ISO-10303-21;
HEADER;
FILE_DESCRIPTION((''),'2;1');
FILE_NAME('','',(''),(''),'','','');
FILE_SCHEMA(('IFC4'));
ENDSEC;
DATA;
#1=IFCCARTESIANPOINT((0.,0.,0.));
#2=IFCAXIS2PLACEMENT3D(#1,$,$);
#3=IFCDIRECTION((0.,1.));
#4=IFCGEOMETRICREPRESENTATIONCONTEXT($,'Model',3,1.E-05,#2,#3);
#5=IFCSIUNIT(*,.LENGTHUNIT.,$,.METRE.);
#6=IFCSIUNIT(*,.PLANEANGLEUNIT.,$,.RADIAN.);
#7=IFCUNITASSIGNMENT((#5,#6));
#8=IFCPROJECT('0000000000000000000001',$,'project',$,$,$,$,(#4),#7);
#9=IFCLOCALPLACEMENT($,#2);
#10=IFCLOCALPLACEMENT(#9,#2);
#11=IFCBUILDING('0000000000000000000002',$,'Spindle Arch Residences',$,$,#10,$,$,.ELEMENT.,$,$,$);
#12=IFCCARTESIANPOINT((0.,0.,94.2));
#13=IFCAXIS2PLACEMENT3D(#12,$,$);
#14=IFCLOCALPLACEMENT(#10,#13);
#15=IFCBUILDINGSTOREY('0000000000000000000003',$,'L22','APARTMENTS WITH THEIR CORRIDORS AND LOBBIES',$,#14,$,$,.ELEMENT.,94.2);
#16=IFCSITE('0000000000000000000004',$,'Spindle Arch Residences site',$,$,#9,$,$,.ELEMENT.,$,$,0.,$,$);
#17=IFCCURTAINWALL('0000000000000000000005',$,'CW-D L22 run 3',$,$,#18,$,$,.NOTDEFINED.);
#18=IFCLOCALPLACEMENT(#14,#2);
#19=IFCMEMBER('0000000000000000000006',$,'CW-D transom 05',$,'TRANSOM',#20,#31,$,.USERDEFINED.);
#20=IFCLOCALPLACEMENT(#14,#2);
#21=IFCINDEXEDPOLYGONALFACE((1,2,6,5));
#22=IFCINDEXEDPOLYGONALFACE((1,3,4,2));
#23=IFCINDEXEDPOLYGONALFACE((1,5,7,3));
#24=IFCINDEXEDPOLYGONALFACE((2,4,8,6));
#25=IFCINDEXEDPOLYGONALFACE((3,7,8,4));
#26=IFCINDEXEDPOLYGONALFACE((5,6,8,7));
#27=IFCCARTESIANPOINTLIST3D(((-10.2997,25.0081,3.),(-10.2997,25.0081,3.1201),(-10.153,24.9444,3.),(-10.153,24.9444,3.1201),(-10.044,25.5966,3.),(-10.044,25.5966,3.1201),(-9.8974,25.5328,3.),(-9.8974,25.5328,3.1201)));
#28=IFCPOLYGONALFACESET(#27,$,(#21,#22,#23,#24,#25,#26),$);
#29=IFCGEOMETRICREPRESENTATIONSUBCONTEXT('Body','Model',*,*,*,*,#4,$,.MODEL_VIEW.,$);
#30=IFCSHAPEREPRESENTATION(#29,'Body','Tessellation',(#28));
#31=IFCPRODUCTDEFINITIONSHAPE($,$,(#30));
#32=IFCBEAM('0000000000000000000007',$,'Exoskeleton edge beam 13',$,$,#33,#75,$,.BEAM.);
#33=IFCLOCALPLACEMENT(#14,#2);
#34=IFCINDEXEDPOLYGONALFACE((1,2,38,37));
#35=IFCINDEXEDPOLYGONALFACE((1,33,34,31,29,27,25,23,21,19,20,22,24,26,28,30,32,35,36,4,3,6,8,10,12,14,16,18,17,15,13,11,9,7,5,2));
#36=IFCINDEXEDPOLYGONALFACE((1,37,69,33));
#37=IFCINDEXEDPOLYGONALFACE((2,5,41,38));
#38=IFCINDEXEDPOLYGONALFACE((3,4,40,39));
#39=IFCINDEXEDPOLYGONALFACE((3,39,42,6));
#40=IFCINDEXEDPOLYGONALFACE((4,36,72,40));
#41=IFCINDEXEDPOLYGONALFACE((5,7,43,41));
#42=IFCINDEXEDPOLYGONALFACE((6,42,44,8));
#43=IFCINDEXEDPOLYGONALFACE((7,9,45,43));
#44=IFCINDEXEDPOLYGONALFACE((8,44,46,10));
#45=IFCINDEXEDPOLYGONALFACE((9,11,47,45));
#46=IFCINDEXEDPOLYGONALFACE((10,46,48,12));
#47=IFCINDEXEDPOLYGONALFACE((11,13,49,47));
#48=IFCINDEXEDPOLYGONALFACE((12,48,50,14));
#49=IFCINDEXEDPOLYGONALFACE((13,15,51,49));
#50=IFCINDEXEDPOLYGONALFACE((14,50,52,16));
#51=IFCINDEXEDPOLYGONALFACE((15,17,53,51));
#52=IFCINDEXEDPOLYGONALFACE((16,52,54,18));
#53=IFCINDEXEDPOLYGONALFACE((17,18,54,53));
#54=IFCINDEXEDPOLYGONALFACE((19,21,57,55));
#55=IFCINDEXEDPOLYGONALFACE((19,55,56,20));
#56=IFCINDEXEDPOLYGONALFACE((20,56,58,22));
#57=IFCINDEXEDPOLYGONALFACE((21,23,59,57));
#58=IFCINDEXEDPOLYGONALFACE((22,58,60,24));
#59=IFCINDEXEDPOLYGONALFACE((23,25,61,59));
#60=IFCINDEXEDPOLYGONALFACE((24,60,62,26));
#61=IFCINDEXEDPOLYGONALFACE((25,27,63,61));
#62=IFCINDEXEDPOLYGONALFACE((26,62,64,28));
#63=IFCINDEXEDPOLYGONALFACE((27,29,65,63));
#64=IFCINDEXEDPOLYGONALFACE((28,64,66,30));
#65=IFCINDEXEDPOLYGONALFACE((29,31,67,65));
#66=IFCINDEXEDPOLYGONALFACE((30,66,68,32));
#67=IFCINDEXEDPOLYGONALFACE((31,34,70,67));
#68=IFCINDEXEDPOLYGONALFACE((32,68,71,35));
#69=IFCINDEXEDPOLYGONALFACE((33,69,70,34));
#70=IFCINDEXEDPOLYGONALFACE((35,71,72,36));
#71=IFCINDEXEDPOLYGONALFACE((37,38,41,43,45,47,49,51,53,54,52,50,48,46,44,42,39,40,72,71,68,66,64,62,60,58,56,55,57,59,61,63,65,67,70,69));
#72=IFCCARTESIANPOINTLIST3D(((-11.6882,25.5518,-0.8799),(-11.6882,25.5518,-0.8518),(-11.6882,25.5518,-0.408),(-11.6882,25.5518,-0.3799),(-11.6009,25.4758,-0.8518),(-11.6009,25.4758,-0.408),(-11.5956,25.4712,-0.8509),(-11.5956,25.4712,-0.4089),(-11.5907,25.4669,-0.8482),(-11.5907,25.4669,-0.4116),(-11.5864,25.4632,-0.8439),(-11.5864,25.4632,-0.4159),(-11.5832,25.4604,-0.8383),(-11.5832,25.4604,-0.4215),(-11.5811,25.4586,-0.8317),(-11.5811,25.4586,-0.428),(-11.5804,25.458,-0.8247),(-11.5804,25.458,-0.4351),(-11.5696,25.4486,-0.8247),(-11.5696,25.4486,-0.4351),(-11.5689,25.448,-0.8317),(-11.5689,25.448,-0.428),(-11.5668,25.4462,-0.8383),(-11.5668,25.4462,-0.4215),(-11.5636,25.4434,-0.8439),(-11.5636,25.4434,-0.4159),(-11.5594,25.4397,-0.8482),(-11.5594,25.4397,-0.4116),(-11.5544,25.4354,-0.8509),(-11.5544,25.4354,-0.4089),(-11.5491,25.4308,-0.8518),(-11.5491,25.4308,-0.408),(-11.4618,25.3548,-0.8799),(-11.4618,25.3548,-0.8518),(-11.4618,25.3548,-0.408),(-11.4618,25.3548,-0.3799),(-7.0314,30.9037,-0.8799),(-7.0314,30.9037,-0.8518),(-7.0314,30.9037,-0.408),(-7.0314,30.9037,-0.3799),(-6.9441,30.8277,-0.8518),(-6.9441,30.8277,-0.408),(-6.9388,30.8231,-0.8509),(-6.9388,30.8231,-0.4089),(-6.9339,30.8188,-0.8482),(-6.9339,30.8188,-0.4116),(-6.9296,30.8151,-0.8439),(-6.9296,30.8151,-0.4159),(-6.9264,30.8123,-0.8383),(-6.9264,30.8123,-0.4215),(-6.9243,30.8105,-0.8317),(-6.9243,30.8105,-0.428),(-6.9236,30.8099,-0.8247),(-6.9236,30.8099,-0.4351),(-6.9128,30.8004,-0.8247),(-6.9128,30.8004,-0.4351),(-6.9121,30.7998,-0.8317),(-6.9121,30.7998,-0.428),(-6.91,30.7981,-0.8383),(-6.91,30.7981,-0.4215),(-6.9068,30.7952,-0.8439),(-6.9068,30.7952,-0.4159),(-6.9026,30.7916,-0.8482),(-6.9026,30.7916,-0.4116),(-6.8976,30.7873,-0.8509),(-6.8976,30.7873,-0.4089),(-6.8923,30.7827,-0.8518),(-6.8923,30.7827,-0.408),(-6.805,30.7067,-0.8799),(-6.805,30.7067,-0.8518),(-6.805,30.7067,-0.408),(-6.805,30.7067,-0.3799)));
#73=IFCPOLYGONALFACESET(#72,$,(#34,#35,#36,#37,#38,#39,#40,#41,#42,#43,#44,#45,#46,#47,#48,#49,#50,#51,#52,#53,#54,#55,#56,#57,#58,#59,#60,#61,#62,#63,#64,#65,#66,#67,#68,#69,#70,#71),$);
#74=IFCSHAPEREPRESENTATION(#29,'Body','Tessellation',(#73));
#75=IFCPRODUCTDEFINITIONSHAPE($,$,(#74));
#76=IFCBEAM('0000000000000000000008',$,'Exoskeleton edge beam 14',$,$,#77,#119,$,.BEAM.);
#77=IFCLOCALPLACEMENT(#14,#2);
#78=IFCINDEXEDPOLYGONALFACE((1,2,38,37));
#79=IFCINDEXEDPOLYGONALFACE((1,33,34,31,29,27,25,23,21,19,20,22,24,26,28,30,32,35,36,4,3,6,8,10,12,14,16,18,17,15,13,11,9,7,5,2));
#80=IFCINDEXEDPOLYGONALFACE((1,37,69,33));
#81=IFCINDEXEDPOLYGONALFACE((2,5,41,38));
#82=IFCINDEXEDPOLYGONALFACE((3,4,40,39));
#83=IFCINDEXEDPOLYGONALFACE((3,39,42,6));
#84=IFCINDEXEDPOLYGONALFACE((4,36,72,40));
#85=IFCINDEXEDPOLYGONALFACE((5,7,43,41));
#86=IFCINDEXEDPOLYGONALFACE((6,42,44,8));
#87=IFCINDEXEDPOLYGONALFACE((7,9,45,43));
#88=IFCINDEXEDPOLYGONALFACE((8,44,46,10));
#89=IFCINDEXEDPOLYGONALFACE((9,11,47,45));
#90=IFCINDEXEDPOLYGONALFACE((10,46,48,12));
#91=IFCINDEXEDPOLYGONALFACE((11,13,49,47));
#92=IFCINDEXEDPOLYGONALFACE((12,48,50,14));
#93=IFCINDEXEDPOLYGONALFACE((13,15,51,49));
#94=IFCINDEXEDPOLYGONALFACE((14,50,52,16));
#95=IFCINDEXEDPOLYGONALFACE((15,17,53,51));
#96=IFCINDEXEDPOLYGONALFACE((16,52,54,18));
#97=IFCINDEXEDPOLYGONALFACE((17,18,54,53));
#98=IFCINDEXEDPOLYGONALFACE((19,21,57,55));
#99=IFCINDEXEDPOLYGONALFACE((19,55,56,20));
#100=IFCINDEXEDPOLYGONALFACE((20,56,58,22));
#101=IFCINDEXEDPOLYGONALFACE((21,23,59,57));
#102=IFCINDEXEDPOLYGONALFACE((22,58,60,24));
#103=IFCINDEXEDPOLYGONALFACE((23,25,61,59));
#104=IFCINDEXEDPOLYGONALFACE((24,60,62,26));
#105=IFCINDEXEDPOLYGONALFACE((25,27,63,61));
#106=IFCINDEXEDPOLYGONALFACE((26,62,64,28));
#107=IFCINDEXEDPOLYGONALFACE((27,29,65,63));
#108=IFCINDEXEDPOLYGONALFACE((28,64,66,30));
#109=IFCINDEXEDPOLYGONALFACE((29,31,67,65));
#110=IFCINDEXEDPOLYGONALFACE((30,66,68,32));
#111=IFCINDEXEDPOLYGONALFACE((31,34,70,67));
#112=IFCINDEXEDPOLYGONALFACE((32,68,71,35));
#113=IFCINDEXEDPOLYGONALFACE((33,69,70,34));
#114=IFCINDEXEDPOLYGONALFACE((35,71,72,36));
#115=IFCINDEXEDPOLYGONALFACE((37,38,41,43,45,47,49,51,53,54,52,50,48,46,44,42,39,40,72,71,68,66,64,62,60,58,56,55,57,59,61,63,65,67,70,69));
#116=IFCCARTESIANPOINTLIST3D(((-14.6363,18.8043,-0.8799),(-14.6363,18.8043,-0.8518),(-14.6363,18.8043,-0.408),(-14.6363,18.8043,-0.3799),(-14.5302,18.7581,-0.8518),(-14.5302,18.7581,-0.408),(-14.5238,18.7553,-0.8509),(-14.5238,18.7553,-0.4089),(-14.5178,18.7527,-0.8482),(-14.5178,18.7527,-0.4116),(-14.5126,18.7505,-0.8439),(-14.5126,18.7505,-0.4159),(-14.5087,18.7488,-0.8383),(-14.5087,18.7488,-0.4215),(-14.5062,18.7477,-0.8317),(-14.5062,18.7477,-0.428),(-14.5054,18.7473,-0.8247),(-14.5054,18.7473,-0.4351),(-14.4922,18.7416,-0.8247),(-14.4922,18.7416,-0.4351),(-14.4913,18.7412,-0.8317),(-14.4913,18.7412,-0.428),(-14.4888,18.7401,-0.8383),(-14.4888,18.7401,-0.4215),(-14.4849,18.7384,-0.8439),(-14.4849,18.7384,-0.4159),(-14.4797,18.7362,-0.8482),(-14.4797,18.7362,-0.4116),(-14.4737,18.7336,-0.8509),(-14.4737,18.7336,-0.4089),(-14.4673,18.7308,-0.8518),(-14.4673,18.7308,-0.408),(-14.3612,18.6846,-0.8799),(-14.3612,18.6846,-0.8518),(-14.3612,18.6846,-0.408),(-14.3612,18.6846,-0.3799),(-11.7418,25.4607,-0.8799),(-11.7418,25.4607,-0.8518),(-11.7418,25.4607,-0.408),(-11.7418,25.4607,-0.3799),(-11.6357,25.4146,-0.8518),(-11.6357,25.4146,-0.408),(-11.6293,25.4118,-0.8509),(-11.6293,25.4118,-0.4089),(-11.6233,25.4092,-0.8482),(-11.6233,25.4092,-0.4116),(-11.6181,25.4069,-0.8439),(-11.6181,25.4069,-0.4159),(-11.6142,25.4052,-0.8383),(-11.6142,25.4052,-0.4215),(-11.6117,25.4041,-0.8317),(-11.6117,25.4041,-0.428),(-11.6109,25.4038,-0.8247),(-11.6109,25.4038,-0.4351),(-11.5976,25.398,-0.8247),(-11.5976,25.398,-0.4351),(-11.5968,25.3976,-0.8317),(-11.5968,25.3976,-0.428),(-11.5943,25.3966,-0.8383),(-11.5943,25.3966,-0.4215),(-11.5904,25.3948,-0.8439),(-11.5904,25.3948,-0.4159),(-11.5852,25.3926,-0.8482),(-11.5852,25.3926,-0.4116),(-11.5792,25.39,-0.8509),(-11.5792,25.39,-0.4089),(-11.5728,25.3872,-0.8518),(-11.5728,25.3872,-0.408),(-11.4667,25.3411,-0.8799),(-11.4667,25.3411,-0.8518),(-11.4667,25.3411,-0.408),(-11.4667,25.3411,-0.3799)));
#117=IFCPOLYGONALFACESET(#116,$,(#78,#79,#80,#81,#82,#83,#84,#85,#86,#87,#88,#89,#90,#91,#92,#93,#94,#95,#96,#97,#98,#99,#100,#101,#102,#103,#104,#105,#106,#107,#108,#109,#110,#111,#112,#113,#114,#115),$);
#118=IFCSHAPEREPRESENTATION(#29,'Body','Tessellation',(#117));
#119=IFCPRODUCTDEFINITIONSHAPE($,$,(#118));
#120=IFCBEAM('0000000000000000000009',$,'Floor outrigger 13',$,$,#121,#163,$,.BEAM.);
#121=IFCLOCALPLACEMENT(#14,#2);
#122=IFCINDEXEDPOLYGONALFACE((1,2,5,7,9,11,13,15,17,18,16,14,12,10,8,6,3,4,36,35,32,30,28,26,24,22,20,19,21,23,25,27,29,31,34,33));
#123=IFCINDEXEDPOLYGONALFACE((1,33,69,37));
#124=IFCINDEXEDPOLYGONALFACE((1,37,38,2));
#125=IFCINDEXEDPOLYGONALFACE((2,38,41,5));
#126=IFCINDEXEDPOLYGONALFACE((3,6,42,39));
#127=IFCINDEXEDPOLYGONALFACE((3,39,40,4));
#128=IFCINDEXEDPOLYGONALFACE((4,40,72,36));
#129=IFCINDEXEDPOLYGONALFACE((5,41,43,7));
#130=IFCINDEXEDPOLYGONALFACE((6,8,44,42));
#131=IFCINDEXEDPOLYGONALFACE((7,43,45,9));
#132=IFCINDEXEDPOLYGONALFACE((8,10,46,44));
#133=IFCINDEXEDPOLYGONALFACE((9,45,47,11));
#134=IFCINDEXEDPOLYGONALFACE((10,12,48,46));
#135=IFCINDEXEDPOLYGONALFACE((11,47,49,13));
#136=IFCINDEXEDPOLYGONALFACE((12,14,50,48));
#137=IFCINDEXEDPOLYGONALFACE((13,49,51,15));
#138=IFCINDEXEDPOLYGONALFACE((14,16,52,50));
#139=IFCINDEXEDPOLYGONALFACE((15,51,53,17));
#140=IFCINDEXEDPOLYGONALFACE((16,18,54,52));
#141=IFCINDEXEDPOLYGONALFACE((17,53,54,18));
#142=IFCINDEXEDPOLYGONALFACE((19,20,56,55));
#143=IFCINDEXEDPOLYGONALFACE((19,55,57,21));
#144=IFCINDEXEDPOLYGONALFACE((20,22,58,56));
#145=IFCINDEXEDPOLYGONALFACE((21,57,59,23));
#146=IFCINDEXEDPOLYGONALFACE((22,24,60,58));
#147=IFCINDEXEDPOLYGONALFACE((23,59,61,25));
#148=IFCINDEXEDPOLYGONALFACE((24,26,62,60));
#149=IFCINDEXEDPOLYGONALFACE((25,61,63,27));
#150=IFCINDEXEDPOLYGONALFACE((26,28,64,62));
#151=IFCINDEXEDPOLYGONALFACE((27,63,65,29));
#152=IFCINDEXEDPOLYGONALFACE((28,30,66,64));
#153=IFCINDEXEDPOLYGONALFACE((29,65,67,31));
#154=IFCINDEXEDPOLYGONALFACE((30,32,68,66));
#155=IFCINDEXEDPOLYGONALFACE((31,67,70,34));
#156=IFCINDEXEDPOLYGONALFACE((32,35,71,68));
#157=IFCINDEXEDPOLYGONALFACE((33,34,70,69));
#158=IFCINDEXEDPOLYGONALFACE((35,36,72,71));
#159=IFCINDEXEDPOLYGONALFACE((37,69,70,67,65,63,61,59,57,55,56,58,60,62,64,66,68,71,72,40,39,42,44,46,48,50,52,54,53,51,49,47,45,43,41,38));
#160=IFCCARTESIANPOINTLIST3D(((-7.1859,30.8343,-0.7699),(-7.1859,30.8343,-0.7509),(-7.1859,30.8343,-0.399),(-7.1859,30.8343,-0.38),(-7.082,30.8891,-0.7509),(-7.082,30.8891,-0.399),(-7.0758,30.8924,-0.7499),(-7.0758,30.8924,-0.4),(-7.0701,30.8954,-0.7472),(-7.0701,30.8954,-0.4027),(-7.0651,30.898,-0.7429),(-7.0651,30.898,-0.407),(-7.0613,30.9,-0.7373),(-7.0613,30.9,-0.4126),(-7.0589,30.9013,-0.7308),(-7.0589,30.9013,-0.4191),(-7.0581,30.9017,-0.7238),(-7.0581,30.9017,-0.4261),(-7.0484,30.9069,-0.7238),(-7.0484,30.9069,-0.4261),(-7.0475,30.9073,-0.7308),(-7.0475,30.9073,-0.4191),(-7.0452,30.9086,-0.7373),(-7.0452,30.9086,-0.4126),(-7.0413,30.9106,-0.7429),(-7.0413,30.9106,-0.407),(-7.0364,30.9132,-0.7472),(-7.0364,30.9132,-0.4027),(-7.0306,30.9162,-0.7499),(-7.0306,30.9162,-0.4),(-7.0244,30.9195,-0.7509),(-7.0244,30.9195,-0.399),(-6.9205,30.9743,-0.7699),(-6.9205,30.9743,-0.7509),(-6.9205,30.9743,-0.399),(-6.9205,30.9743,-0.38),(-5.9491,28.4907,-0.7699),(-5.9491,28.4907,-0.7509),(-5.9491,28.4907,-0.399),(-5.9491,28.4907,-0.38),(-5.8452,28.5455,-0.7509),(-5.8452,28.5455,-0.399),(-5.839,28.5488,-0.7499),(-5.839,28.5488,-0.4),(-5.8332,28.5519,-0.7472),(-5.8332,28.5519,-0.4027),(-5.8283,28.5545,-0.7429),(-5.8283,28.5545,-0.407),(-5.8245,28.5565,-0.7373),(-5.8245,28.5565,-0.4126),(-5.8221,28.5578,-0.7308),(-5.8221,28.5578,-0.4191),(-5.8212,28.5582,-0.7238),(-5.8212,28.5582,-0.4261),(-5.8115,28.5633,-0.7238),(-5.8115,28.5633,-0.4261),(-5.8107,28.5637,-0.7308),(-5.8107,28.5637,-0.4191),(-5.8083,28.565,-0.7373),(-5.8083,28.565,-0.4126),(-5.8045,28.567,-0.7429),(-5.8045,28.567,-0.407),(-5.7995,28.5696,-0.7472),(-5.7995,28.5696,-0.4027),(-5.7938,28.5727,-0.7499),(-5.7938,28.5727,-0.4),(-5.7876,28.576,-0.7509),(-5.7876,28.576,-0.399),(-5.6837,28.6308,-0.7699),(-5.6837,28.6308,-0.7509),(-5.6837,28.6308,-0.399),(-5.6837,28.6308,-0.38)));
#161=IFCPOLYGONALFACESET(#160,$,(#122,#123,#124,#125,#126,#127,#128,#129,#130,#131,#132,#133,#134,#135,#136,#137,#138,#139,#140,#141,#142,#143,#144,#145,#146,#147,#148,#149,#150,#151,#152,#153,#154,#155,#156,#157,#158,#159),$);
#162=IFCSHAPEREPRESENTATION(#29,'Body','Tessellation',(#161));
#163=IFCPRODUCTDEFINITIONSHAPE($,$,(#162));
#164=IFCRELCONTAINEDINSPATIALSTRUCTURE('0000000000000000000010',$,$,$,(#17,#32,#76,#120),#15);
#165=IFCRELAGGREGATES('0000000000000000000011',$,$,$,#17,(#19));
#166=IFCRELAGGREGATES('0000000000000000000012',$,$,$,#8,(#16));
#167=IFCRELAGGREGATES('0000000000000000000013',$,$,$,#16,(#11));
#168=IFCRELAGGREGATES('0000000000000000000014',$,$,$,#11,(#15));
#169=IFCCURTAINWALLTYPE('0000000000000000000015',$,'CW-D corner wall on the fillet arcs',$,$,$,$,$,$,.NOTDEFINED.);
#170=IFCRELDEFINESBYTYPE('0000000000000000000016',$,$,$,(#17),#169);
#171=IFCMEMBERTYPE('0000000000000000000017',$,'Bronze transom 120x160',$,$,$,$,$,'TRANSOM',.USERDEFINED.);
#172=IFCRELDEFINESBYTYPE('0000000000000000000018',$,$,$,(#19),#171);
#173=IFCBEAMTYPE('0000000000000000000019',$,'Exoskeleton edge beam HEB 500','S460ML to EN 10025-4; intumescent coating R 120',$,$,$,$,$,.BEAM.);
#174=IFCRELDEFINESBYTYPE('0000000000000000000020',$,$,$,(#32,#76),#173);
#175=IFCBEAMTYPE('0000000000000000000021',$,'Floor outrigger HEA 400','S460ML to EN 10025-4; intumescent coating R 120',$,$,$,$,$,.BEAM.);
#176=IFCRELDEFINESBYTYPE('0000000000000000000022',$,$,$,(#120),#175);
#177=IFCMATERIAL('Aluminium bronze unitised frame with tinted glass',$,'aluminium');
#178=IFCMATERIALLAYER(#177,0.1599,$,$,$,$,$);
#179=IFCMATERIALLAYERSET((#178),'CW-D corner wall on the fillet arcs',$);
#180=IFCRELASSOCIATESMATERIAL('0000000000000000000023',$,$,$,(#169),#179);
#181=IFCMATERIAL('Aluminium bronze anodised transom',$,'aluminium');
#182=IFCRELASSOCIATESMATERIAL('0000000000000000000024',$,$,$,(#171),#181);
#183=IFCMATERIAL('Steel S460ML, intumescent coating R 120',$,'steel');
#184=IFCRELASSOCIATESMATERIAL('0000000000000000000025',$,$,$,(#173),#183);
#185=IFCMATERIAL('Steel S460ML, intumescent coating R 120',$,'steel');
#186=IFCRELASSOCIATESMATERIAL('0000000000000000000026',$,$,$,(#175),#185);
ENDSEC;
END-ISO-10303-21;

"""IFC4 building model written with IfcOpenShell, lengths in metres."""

from ifc_helpers import new_model, si_unit, direction, frame, origin, origin_2d, place, context, subcontext, project, spatial, rectangle, i_section, extrude, material, layer, layer_set, material_profile, profile_set, type_object, element, aggregate, save


model = new_model("IFC4")

# Units and contexts
model_context = context("Model", 3, precision=1e-05, world=origin(), true_north=direction((0.0, 1.0)))
body_context = subcontext(model_context, "Body", "Model", "MODEL_VIEW")
ifc_project = project(units=[si_unit("LENGTHUNIT", "METRE"), si_unit("PLANEANGLEUNIT", "RADIAN")], contexts=[model_context])

# Site, building, storey
site_placement = place(None, origin())
site = spatial("IfcSite", under=ifc_project, at=site_placement, Name="Spindle Arch Residences site", CompositionType="ELEMENT", RefElevation=0.0)
building_placement = place(site_placement, origin())
building = spatial("IfcBuilding", under=site, at=building_placement, Name="Spindle Arch Residences", CompositionType="ELEMENT")
storey_placement = place(building_placement, frame((0.0, 0.0, 94.2)))
storey = spatial("IfcBuildingStorey", under=building, at=storey_placement, Name="L22", Description="APARTMENTS WITH THEIR CORRIDORS AND LOBBIES", CompositionType="ELEMENT", Elevation=94.2)

# Curtain wall, member
ifc_material_1 = material(Name="Aluminium bronze unitised frame with tinted glass", Category="aluminium")
ifc_layer_1 = layer(ifc_material_1, 0.1599)
ifc_layer_set_1 = layer_set([ifc_layer_1], Name="CW-D corner wall on the fillet arcs")
curtain_wall_type = type_object("IfcCurtainWallType", Name="CW-D corner wall on the fillet arcs", PredefinedType="NOTDEFINED", material=ifc_layer_set_1)
curtain_wall_placement = place(storey_placement, origin())
curtain_wall = element("IfcCurtainWall", 1, at=curtain_wall_placement, inside=storey, type_object=curtain_wall_type, Name="CW-D L22 run 3", PredefinedType="NOTDEFINED")
ifc_material_2 = material(Name="Aluminium bronze anodised transom", Category="aluminium")
ifc_material_profile_1 = material_profile(ifc_material_2, rectangle(XDim=0.1599, YDim=0.1201, at=origin_2d()), Name="TR 120x160")
ifc_profile_set_1 = profile_set([ifc_material_profile_1], Name="Aluminium bronze anodised transom")
member_type_1 = type_object("IfcMemberType", Name="Bronze transom 120x160", ElementType="TRANSOM", PredefinedType="USERDEFINED", material=ifc_profile_set_1)
member_1_placement = place(storey_placement, frame((-9.9707, 25.5647, 3.0601), z_axis=(-0.398462, -0.917185, 0.0), x_axis=(0.917185, -0.398462, 0.0)))
member_1 = element("IfcMember", 2, at=member_1_placement, type_object=member_type_1, Name="CW-D transom 05", ObjectType="TRANSOM", PredefinedType="USERDEFINED", context=body_context, shape_type="SweptSolid", body=[
    extrude(rectangle(XDim=0.1599, YDim=0.1201, at=origin_2d()), origin(), (0.0, 0.0, 1.0), 0.6416),
])

# Beams
ifc_material_3 = material(Name="Steel S460ML, intumescent coating R 120", Category="steel")
ifc_material_profile_2 = material_profile(ifc_material_3, i_section(OverallWidth=0.3, OverallDepth=0.5, WebThickness=0.0144, FlangeThickness=0.0281, FilletRadius=0.0271, at=origin_2d()), Name="HEB 500")
ifc_profile_set_2 = profile_set([ifc_material_profile_2], Name="Steel S460ML, intumescent coating R 120")
beam_type_1 = type_object("IfcBeamType", Name="Exoskeleton edge beam HEB 500", Description="S460ML to EN 10025-4; intumescent coating R 120", PredefinedType="BEAM", material=ifc_profile_set_2)
beam_1_placement = place(storey_placement, frame((-6.9182, 30.8052, -0.6299), z_axis=(-0.656419, -0.754397, 0.0), x_axis=(0.754397, -0.656419, 0.0)))
element("IfcBeam", 3, at=beam_1_placement, inside=storey, type_object=beam_type_1, Name="Exoskeleton edge beam 13", PredefinedType="BEAM", context=body_context, shape_type="SweptSolid", body=[
    extrude(i_section(OverallWidth=0.3, OverallDepth=0.5, WebThickness=0.0144, FlangeThickness=0.0281, FilletRadius=0.0271, at=origin_2d()), origin(), (0.0, 0.0, 1.0), 7.0942),
])
beam_2_placement = place(storey_placement, frame((-11.6042, 25.4009, -0.6299), z_axis=(-0.398773, -0.91705, 0.0), x_axis=(0.91705, -0.398773, 0.0)))
element("IfcBeam", 4, at=beam_2_placement, inside=storey, type_object=beam_type_1, Name="Exoskeleton edge beam 14", PredefinedType="BEAM", context=body_context, shape_type="SweptSolid", body=[
    extrude(i_section(OverallWidth=0.3, OverallDepth=0.5, WebThickness=0.0144, FlangeThickness=0.0281, FilletRadius=0.0271, at=origin_2d()), origin(), (0.0, 0.0, 1.0), 7.2585),
])
ifc_material_4 = material(Name="Steel S460ML, intumescent coating R 120", Category="steel")
ifc_material_profile_3 = material_profile(ifc_material_4, i_section(OverallWidth=0.3, OverallDepth=0.3899, WebThickness=0.011, FlangeThickness=0.019, FilletRadius=0.0271, at=origin_2d()), Name="HEA 400")
ifc_profile_set_3 = profile_set([ifc_material_profile_3], Name="Steel S460ML, intumescent coating R 120")
beam_type_2 = type_object("IfcBeamType", Name="Floor outrigger HEA 400", Description="S460ML to EN 10025-4; intumescent coating R 120", PredefinedType="BEAM", material=ifc_profile_set_3)
beam_3_placement = place(storey_placement, frame((-7.0532, 30.9043, -0.575), z_axis=(0.466749, -0.88439, 0.0), x_axis=(0.88439, 0.466749, 0.0)))
element("IfcBeam", 5, at=beam_3_placement, inside=storey, type_object=beam_type_2, Name="Floor outrigger 13", PredefinedType="BEAM", context=body_context, shape_type="SweptSolid", body=[
    extrude(i_section(OverallWidth=0.3, OverallDepth=0.3899, WebThickness=0.011, FlangeThickness=0.019, FilletRadius=0.0271, at=origin_2d()), origin(), (0.0, 0.0, 1.0), 2.6499),
])

aggregate(curtain_wall, [member_1])

save(model, "model.ifc")
